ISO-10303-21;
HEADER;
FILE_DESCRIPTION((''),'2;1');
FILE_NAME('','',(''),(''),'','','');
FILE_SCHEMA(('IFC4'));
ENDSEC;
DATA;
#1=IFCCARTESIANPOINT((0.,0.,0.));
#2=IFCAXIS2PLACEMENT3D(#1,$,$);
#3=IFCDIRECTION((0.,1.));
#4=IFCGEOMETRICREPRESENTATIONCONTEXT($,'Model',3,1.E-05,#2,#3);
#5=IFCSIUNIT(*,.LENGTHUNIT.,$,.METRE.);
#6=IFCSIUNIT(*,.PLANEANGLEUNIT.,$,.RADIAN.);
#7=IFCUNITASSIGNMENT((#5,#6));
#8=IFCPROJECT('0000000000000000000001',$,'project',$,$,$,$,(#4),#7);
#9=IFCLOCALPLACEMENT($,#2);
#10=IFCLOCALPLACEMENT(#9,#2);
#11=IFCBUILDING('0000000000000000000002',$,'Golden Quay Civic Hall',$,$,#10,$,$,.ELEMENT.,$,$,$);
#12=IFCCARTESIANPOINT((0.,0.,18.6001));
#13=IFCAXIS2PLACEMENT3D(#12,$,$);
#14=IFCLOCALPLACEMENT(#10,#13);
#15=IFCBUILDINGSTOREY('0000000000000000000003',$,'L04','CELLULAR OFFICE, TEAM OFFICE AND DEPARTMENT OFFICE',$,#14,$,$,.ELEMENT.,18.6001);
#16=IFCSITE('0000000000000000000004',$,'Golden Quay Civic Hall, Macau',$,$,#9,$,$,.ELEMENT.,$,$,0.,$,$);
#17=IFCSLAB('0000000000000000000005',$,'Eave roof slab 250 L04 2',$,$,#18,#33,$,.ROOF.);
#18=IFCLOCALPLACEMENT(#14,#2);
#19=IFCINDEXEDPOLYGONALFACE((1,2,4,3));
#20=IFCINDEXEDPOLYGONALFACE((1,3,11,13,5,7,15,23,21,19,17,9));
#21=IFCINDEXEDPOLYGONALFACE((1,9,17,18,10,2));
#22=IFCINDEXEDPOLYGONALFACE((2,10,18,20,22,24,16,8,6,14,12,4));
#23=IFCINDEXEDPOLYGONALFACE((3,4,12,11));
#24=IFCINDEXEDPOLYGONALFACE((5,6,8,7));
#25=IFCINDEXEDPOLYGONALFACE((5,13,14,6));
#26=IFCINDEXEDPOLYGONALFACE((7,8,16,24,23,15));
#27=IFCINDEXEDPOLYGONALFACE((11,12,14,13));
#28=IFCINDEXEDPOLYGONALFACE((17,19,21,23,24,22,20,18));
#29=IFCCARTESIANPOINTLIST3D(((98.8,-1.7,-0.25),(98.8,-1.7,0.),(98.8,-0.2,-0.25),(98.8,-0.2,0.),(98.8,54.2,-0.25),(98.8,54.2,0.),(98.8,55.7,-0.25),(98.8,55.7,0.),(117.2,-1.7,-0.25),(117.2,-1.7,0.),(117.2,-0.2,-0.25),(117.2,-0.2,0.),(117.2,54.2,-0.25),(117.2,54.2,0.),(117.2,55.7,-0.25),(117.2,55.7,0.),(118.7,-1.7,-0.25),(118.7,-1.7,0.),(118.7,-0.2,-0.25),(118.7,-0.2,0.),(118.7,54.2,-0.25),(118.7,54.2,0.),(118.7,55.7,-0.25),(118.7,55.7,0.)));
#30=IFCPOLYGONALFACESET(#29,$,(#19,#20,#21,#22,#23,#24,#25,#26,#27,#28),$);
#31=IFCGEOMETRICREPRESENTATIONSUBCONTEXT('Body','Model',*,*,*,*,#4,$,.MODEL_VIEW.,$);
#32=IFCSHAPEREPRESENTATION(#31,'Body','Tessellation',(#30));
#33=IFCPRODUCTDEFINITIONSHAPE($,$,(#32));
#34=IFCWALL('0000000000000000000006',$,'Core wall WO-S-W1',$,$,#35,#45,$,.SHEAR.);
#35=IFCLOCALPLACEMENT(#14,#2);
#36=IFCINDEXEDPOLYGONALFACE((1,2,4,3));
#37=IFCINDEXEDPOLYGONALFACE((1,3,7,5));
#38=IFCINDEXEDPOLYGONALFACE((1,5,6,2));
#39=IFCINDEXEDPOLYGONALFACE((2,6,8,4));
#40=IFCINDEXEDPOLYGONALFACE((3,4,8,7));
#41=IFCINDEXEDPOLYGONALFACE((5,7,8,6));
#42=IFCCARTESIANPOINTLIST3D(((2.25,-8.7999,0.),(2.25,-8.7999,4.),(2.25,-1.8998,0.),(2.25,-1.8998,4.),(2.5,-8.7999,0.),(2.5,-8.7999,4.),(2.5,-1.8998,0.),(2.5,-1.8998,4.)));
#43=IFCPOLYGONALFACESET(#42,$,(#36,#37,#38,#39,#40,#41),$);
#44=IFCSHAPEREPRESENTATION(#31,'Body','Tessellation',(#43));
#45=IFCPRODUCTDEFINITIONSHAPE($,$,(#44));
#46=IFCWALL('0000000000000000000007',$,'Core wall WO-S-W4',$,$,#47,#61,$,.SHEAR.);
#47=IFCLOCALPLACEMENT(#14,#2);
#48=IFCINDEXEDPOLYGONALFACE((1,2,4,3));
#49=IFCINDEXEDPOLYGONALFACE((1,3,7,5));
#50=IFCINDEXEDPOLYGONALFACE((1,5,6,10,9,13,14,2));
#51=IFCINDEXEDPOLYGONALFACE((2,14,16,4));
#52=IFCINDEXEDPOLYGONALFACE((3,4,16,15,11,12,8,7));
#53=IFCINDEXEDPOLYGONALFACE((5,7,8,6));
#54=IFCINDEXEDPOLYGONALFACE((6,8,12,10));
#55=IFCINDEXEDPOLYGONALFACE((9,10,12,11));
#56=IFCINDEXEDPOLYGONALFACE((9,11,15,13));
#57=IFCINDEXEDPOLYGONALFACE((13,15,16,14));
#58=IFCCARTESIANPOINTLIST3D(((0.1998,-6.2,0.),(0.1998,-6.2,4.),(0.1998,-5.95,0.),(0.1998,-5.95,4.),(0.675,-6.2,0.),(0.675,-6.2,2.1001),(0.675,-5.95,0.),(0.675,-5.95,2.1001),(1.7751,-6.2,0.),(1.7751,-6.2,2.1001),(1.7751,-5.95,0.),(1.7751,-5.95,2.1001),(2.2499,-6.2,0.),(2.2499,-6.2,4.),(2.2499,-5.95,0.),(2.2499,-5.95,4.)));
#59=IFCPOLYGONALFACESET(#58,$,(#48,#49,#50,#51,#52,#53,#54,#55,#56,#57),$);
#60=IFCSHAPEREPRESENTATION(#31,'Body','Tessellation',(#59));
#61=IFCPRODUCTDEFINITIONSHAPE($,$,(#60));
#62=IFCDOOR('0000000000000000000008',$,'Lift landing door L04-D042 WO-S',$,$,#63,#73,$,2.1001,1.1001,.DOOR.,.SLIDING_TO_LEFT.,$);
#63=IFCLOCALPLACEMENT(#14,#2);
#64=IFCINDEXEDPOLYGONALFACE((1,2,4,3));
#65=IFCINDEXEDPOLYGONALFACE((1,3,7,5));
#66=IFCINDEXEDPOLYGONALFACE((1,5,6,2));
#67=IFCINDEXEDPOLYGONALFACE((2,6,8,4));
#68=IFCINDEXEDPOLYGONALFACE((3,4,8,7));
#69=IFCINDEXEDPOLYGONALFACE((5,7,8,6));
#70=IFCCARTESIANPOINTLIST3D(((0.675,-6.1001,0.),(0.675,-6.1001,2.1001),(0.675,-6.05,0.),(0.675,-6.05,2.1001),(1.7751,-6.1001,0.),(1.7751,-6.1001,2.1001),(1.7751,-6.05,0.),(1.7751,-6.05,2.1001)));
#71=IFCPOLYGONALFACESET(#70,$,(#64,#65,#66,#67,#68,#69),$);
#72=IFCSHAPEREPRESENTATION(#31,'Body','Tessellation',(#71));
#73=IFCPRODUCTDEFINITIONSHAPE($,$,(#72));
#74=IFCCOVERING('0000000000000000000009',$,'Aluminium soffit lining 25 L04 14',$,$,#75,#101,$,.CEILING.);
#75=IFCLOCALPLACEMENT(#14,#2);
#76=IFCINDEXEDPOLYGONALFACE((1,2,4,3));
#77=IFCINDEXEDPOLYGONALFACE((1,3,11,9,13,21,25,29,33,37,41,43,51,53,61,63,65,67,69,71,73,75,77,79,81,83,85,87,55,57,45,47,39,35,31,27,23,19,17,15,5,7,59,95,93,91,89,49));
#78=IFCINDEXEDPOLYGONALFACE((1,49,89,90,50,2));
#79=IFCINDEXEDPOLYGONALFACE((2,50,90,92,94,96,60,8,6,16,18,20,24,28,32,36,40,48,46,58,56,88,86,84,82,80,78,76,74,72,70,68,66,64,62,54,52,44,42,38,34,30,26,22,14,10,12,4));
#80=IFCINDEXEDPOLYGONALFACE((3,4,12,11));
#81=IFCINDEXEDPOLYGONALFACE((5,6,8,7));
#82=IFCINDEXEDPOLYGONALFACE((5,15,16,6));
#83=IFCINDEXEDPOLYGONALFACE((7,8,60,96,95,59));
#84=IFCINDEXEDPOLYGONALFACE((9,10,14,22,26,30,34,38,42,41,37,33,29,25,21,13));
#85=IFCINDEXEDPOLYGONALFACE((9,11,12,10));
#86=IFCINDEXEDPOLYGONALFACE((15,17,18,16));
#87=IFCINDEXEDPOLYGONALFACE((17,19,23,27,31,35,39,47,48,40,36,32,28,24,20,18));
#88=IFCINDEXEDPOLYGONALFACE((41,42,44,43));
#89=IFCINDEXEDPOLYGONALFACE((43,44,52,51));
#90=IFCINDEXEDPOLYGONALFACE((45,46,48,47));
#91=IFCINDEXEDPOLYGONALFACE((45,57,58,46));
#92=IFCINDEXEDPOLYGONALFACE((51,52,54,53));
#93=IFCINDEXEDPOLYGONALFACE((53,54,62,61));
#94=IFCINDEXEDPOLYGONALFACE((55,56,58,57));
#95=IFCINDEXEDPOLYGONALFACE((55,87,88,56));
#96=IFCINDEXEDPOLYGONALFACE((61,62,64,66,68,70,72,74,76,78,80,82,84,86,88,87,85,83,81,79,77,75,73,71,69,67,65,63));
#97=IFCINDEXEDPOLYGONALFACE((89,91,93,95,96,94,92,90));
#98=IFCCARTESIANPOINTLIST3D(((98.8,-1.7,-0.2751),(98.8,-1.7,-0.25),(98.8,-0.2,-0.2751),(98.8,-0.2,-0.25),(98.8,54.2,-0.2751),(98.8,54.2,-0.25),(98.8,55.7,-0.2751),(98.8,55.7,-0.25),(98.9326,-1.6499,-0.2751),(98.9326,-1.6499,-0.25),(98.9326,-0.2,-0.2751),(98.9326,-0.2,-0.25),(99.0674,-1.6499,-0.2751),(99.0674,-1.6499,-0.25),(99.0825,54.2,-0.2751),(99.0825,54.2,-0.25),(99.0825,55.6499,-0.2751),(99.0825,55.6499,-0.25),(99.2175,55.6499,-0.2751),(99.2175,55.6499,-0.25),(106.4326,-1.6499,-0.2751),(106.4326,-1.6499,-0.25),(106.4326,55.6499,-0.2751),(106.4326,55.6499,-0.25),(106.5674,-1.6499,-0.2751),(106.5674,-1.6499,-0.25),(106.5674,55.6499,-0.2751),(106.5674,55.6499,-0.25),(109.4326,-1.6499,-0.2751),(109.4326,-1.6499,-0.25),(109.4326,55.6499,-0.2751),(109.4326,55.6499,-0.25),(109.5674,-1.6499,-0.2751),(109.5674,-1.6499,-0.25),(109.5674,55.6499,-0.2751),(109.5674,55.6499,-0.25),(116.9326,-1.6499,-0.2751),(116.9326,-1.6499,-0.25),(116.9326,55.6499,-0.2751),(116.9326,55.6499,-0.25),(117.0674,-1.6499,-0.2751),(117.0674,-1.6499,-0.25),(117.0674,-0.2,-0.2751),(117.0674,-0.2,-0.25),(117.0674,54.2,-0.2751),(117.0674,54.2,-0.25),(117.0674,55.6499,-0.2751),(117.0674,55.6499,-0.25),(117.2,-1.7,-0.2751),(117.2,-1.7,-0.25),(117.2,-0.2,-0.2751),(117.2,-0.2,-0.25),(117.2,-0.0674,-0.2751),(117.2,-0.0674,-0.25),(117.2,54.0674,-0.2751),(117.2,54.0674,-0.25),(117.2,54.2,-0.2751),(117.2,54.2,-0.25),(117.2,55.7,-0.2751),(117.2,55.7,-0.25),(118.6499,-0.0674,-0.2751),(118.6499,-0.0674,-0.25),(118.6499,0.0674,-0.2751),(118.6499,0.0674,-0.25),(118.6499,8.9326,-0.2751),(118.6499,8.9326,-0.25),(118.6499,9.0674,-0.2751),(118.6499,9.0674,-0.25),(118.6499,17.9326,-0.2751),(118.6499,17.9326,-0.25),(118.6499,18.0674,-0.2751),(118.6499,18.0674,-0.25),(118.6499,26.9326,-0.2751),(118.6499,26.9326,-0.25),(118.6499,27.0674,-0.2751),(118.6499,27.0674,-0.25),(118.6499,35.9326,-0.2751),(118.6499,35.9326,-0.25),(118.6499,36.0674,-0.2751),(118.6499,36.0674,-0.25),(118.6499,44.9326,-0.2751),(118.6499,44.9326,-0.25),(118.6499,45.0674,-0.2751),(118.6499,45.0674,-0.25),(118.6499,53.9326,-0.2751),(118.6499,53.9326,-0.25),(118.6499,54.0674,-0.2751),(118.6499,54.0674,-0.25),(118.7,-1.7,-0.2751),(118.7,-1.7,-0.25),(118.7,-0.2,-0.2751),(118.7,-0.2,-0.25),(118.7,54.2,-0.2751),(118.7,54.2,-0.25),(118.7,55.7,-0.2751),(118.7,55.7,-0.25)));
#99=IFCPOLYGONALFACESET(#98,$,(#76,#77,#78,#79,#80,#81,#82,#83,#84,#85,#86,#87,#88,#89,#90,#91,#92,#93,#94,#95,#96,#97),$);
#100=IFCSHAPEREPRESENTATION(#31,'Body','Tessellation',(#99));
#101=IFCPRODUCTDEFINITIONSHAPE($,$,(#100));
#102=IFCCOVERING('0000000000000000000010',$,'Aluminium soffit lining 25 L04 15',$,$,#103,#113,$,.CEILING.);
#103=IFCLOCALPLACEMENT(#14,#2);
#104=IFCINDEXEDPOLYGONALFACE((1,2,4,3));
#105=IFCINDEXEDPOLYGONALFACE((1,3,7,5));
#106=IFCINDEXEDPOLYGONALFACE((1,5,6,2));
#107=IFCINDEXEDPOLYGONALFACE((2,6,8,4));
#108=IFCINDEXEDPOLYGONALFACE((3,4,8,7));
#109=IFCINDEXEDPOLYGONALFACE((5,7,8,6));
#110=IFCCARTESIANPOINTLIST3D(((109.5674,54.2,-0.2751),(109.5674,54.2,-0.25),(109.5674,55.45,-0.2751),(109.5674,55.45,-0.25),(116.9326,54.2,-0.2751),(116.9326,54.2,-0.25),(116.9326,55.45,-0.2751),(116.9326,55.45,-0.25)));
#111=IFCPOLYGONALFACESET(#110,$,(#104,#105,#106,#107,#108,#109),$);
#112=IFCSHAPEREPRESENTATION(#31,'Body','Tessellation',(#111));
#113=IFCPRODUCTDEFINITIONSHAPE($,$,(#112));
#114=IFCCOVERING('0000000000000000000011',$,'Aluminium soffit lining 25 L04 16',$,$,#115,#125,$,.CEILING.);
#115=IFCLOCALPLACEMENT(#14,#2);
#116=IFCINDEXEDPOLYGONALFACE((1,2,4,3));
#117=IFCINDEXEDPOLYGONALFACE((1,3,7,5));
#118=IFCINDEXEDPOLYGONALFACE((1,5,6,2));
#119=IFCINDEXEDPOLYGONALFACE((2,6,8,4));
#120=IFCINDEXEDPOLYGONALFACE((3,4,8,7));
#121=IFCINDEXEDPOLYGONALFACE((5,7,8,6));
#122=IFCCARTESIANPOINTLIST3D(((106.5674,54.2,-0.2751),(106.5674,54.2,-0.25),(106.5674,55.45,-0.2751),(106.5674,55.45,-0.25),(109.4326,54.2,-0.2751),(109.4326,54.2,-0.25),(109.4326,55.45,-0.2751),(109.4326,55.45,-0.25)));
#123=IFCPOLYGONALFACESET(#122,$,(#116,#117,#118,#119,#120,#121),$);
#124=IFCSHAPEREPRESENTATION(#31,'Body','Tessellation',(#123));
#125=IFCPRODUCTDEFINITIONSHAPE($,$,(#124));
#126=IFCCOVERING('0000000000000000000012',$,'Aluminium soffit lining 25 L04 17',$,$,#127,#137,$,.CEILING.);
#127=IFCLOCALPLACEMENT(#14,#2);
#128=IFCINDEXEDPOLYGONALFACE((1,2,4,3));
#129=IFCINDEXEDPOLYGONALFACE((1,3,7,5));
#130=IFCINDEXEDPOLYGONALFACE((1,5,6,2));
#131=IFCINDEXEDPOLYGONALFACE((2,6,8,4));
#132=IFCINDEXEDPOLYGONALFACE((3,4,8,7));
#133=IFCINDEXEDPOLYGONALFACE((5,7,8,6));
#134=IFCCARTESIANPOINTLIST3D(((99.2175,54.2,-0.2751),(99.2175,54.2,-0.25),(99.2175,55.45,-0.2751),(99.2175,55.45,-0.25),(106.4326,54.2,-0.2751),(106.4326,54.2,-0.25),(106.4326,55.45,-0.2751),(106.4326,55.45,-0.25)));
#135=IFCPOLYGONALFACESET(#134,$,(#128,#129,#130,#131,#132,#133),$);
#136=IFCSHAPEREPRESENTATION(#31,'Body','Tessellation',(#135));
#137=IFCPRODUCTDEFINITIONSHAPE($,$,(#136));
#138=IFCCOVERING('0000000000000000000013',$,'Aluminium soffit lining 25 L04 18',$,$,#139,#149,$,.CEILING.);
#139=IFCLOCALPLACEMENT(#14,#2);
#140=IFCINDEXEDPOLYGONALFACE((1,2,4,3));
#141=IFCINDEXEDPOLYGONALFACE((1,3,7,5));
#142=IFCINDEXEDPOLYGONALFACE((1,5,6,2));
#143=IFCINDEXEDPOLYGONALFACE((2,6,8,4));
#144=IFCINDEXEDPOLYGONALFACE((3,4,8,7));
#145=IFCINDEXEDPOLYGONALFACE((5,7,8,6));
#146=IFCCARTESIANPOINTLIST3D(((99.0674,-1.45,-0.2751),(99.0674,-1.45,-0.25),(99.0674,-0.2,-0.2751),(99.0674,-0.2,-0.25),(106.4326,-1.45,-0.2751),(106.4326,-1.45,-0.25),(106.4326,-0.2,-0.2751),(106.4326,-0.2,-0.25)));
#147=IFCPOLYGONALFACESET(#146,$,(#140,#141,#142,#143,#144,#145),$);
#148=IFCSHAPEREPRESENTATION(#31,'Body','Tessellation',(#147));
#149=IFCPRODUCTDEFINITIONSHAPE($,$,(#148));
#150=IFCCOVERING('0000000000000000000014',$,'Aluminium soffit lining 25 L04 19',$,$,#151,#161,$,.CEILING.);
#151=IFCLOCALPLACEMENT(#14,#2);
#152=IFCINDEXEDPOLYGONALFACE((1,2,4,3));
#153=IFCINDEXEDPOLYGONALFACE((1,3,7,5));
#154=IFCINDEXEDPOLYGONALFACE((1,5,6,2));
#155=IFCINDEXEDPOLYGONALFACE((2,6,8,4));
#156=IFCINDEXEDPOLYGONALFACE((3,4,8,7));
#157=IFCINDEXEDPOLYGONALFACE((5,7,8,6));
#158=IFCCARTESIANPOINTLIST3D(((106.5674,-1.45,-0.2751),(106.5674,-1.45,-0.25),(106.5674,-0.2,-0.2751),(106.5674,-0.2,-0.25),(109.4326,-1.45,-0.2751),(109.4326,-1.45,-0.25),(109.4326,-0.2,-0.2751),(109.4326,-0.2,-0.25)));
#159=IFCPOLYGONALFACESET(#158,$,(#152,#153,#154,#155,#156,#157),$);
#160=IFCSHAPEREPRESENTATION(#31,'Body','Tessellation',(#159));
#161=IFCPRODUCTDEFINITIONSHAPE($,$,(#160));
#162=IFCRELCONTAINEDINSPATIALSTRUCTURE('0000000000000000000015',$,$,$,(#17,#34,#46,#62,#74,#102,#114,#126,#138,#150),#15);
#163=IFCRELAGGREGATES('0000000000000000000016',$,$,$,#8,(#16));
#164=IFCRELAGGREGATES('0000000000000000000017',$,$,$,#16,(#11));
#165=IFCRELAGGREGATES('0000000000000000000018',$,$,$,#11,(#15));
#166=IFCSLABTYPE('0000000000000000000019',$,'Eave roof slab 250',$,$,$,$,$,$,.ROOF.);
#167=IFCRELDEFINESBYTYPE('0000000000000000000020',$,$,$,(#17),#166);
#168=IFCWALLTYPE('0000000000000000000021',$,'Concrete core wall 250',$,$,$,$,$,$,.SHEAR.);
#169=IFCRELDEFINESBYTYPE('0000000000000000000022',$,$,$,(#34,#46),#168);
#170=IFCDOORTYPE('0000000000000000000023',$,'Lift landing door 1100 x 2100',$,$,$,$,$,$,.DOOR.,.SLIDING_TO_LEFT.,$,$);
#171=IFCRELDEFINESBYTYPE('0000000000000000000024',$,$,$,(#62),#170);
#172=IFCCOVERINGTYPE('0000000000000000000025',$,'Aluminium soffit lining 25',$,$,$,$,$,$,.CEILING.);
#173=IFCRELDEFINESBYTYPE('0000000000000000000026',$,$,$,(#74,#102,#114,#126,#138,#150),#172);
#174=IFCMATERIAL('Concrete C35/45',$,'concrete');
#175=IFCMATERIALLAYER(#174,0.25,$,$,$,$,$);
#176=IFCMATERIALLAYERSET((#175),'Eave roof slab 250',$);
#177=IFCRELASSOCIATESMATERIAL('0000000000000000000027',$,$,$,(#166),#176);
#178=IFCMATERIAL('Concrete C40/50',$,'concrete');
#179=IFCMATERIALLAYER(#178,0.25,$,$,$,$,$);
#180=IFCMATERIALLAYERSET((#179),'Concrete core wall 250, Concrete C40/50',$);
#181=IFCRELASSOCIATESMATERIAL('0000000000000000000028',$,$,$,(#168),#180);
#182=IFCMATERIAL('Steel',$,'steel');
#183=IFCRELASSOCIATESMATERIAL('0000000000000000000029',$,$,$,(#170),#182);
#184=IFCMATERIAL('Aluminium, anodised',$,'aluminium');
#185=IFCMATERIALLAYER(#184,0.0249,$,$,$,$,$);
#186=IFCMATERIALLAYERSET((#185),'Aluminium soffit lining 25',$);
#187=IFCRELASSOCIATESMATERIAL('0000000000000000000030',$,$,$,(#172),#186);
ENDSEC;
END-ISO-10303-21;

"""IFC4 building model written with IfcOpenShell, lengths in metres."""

from ifc_helpers import new_model, si_unit, direction, frame, frame_2d, origin, place, context, subcontext, project, spatial, polyline, rectangle, outline, extrude, material, layer, layer_set, type_object, element, fill, save


model = new_model("IFC4")

# Units and contexts
model_context = context("Model", 3, precision=1e-05, world=origin(), true_north=direction((0.0, 1.0)))
body_context = subcontext(model_context, "Body", "Model", "MODEL_VIEW")
ifc_project = project(units=[si_unit("LENGTHUNIT", "METRE"), si_unit("PLANEANGLEUNIT", "RADIAN")], contexts=[model_context])

# Site, building, storey
site_placement = place(None, origin())
site = spatial("IfcSite", under=ifc_project, at=site_placement, Name="Golden Quay Civic Hall, Macau", CompositionType="ELEMENT", RefElevation=0.0)
building_placement = place(site_placement, origin())
building = spatial("IfcBuilding", under=site, at=building_placement, Name="Golden Quay Civic Hall", CompositionType="ELEMENT")
storey_placement = place(building_placement, frame((0.0, 0.0, 18.6001)))
storey = spatial("IfcBuildingStorey", under=building, at=storey_placement, Name="L04", Description="CELLULAR OFFICE, TEAM OFFICE AND DEPARTMENT OFFICE", CompositionType="ELEMENT", Elevation=18.6001)

# Slab
ifc_material_1 = material(Name="Concrete C35/45", Category="concrete")
ifc_layer_1 = layer(ifc_material_1, 0.25)
ifc_layer_set_1 = layer_set([ifc_layer_1], Name="Eave roof slab 250")
slab_type = type_object("IfcSlabType", Name="Eave roof slab 250", PredefinedType="ROOF", material=ifc_layer_set_1)
slab_placement = place(storey_placement, frame((0.0, 0.0, -0.25)))
element("IfcSlab", 1, at=slab_placement, inside=storey, type_object=slab_type, Name="Eave roof slab 250 L04 2", PredefinedType="ROOF", context=body_context, shape_type="SweptSolid", body=[
    extrude(outline(polyline([(117.2, 54.2), (98.8, 54.2), (98.8, 55.7), (117.2, 55.7), (118.7, 55.7), (118.7, 54.2), (118.7, -0.2), (118.7, -1.7), (117.2, -1.7), (98.8, -1.7), (98.8, -0.2), (117.2, -0.2), (117.2, 54.2)])), origin(), (0.0, 0.0, 1.0), 0.25),
])

# Wall
ifc_material_2 = material(Name="Concrete C40/50", Category="concrete")
ifc_layer_2 = layer(ifc_material_2, 0.25)
ifc_layer_set_2 = layer_set([ifc_layer_2], Name="Concrete core wall 250, Concrete C40/50")
wall_type = type_object("IfcWallType", Name="Concrete core wall 250", PredefinedType="SHEAR", material=ifc_layer_set_2)
wall_1_placement = place(storey_placement, frame((2.375, -8.8, 0.0), z_axis=(0.0, 0.0, 1.0), x_axis=(0.0, 1.0, 0.0)))
element("IfcWall", 2, at=wall_1_placement, inside=storey, type_object=wall_type, Name="Core wall WO-S-W1", PredefinedType="SHEAR", context=body_context, shape_type="SweptSolid", body=[
    extrude(rectangle(XDim=6.9001, YDim=0.25, at=frame_2d((3.4502, 0.0))), origin(), (0.0, 0.0, 1.0), 4.0),
])

# Wall, opening, door
wall_2_placement = place(storey_placement, frame((0.2, -6.075, 0.0), z_axis=(0.0, 0.0, 1.0), x_axis=(1.0, 0.0, 0.0)))
wall_2 = element("IfcWall", 3, at=wall_2_placement, inside=storey, type_object=wall_type, Name="Core wall WO-S-W4", PredefinedType="SHEAR", context=body_context, shape_type="SweptSolid", body=[
    extrude(rectangle(XDim=2.05, YDim=0.25, at=frame_2d((1.0249, 0.0))), origin(), (0.0, 0.0, 1.0), 4.0),
])
opening_placement = place(wall_2_placement, frame((0.4751, 0.0, 0.0)))
opening = element("IfcOpeningElement", 4, at=opening_placement, cuts=wall_2, PredefinedType="OPENING", context=body_context, shape_type="SweptSolid", body=[
    extrude(rectangle(XDim=1.1001, YDim=2.1001, at=frame_2d((0.55, 1.05))), frame((0.0, 0.135, 0.0), z_axis=(0.0, -1.0, 0.0), x_axis=(1.0, 0.0, 0.0)), (0.0, 0.0, 1.0), 0.27),
])
ifc_material_3 = material(Name="Steel", Category="steel")
door_type = type_object("IfcDoorType", Name="Lift landing door 1100 x 2100", OperationType="SLIDING_TO_LEFT", PredefinedType="DOOR", material=ifc_material_3)
door_placement = place(opening_placement, origin())
door = element("IfcDoor", 5, at=door_placement, inside=storey, type_object=door_type, Name="Lift landing door L04-D042 WO-S", OperationType="SLIDING_TO_LEFT", OverallHeight=2.1001, OverallWidth=1.1001, PredefinedType="DOOR", context=body_context, shape_type="SweptSolid", body=[
    extrude(rectangle(XDim=1.1001, YDim=2.1001, at=frame_2d((0.55, 1.05))), frame((0.0, 0.0249, 0.0), z_axis=(0.0, -1.0, 0.0), x_axis=(1.0, 0.0, 0.0)), (0.0, 0.0, 1.0), 0.05),
])
fill(opening, door)

# Coverings
ifc_material_4 = material(Name="Aluminium, anodised", Category="aluminium")
ifc_layer_3 = layer(ifc_material_4, 0.0249)
ifc_layer_set_3 = layer_set([ifc_layer_3], Name="Aluminium soffit lining 25")
covering_type_1 = type_object("IfcCoveringType", Name="Aluminium soffit lining 25", PredefinedType="CEILING", material=ifc_layer_set_3)
covering_1_placement = place(storey_placement, frame((0.0, 0.0, -0.2751)))
element("IfcCovering", 6, at=covering_1_placement, inside=storey, type_object=covering_type_1, Name="Aluminium soffit lining 25 L04 14", PredefinedType="CEILING", context=body_context, shape_type="SweptSolid", body=[
    extrude(outline(polyline([(117.0674, 54.2), (117.0674, 55.6499), (116.9326, 55.6499), (109.5674, 55.6499), (109.4326, 55.6499), (106.5674, 55.6499), (106.4326, 55.6499), (99.2175, 55.6499), (99.0825, 55.6499), (99.0825, 54.2), (98.8, 54.2), (98.8, 55.7), (117.2, 55.7), (118.7, 55.7), (118.7, 54.2), (118.7, -0.2), (118.7, -1.7), (117.2, -1.7), (98.8, -1.7), (98.8, -0.2), (98.9326, -0.2), (98.9326, -1.6499), (99.0674, -1.6499), (106.4326, -1.6499), (106.5674, -1.6499), (109.4326, -1.6499), (109.5674, -1.6499), (116.9326, -1.6499), (117.0674, -1.6499), (117.0674, -0.2), (117.2, -0.2), (117.2, -0.0674), (118.6499, -0.0674), (118.6499, 0.0674), (118.6499, 8.9326), (118.6499, 9.0674), (118.6499, 17.9326), (118.6499, 18.0674), (118.6499, 26.9326), (118.6499, 27.0674), (118.6499, 35.9326), (118.6499, 36.0674), (118.6499, 44.9326), (118.6499, 45.0674), (118.6499, 53.9326), (118.6499, 54.0674), (117.2, 54.0674), (117.2, 54.2), (117.0674, 54.2)])), origin(), (0.0, 0.0, 1.0), 0.0251),
])
covering_2_placement = place(storey_placement, frame((0.0, 0.0, -0.2751)))
element("IfcCovering", 7, at=covering_2_placement, inside=storey, type_object=covering_type_1, Name="Aluminium soffit lining 25 L04 15", PredefinedType="CEILING", context=body_context, shape_type="SweptSolid", body=[
    extrude(outline(polyline([(109.5674, 54.2), (109.5674, 55.45), (116.9326, 55.45), (116.9326, 54.2), (109.5674, 54.2)])), origin(), (0.0, 0.0, 1.0), 0.0251),
])
covering_3_placement = place(storey_placement, frame((0.0, 0.0, -0.2751)))
element("IfcCovering", 8, at=covering_3_placement, inside=storey, type_object=covering_type_1, Name="Aluminium soffit lining 25 L04 16", PredefinedType="CEILING", context=body_context, shape_type="SweptSolid", body=[
    extrude(outline(polyline([(106.5674, 54.2), (106.5674, 55.45), (109.4326, 55.45), (109.4326, 54.2), (106.5674, 54.2)])), origin(), (0.0, 0.0, 1.0), 0.0251),
])
covering_4_placement = place(storey_placement, frame((0.0, 0.0, -0.2751)))
element("IfcCovering", 9, at=covering_4_placement, inside=storey, type_object=covering_type_1, Name="Aluminium soffit lining 25 L04 17", PredefinedType="CEILING", context=body_context, shape_type="SweptSolid", body=[
    extrude(outline(polyline([(99.2175, 54.2), (99.2175, 55.45), (106.4326, 55.45), (106.4326, 54.2), (99.2175, 54.2)])), origin(), (0.0, 0.0, 1.0), 0.0251),
])
covering_5_placement = place(storey_placement, frame((0.0, 0.0, -0.2751)))
element("IfcCovering", 10, at=covering_5_placement, inside=storey, type_object=covering_type_1, Name="Aluminium soffit lining 25 L04 18", PredefinedType="CEILING", context=body_context, shape_type="SweptSolid", body=[
    extrude(outline(polyline([(106.4326, -0.2), (106.4326, -1.45), (99.0674, -1.45), (99.0674, -0.2), (106.4326, -0.2)])), origin(), (0.0, 0.0, 1.0), 0.0251),
])
covering_6_placement = place(storey_placement, frame((0.0, 0.0, -0.2751)))
element("IfcCovering", 11, at=covering_6_placement, inside=storey, type_object=covering_type_1, Name="Aluminium soffit lining 25 L04 19", PredefinedType="CEILING", context=body_context, shape_type="SweptSolid", body=[
    extrude(outline(polyline([(109.4326, -0.2), (109.4326, -1.45), (106.5674, -1.45), (106.5674, -0.2), (109.4326, -0.2)])), origin(), (0.0, 0.0, 1.0), 0.0251),
])

save(model, "model.ifc")
